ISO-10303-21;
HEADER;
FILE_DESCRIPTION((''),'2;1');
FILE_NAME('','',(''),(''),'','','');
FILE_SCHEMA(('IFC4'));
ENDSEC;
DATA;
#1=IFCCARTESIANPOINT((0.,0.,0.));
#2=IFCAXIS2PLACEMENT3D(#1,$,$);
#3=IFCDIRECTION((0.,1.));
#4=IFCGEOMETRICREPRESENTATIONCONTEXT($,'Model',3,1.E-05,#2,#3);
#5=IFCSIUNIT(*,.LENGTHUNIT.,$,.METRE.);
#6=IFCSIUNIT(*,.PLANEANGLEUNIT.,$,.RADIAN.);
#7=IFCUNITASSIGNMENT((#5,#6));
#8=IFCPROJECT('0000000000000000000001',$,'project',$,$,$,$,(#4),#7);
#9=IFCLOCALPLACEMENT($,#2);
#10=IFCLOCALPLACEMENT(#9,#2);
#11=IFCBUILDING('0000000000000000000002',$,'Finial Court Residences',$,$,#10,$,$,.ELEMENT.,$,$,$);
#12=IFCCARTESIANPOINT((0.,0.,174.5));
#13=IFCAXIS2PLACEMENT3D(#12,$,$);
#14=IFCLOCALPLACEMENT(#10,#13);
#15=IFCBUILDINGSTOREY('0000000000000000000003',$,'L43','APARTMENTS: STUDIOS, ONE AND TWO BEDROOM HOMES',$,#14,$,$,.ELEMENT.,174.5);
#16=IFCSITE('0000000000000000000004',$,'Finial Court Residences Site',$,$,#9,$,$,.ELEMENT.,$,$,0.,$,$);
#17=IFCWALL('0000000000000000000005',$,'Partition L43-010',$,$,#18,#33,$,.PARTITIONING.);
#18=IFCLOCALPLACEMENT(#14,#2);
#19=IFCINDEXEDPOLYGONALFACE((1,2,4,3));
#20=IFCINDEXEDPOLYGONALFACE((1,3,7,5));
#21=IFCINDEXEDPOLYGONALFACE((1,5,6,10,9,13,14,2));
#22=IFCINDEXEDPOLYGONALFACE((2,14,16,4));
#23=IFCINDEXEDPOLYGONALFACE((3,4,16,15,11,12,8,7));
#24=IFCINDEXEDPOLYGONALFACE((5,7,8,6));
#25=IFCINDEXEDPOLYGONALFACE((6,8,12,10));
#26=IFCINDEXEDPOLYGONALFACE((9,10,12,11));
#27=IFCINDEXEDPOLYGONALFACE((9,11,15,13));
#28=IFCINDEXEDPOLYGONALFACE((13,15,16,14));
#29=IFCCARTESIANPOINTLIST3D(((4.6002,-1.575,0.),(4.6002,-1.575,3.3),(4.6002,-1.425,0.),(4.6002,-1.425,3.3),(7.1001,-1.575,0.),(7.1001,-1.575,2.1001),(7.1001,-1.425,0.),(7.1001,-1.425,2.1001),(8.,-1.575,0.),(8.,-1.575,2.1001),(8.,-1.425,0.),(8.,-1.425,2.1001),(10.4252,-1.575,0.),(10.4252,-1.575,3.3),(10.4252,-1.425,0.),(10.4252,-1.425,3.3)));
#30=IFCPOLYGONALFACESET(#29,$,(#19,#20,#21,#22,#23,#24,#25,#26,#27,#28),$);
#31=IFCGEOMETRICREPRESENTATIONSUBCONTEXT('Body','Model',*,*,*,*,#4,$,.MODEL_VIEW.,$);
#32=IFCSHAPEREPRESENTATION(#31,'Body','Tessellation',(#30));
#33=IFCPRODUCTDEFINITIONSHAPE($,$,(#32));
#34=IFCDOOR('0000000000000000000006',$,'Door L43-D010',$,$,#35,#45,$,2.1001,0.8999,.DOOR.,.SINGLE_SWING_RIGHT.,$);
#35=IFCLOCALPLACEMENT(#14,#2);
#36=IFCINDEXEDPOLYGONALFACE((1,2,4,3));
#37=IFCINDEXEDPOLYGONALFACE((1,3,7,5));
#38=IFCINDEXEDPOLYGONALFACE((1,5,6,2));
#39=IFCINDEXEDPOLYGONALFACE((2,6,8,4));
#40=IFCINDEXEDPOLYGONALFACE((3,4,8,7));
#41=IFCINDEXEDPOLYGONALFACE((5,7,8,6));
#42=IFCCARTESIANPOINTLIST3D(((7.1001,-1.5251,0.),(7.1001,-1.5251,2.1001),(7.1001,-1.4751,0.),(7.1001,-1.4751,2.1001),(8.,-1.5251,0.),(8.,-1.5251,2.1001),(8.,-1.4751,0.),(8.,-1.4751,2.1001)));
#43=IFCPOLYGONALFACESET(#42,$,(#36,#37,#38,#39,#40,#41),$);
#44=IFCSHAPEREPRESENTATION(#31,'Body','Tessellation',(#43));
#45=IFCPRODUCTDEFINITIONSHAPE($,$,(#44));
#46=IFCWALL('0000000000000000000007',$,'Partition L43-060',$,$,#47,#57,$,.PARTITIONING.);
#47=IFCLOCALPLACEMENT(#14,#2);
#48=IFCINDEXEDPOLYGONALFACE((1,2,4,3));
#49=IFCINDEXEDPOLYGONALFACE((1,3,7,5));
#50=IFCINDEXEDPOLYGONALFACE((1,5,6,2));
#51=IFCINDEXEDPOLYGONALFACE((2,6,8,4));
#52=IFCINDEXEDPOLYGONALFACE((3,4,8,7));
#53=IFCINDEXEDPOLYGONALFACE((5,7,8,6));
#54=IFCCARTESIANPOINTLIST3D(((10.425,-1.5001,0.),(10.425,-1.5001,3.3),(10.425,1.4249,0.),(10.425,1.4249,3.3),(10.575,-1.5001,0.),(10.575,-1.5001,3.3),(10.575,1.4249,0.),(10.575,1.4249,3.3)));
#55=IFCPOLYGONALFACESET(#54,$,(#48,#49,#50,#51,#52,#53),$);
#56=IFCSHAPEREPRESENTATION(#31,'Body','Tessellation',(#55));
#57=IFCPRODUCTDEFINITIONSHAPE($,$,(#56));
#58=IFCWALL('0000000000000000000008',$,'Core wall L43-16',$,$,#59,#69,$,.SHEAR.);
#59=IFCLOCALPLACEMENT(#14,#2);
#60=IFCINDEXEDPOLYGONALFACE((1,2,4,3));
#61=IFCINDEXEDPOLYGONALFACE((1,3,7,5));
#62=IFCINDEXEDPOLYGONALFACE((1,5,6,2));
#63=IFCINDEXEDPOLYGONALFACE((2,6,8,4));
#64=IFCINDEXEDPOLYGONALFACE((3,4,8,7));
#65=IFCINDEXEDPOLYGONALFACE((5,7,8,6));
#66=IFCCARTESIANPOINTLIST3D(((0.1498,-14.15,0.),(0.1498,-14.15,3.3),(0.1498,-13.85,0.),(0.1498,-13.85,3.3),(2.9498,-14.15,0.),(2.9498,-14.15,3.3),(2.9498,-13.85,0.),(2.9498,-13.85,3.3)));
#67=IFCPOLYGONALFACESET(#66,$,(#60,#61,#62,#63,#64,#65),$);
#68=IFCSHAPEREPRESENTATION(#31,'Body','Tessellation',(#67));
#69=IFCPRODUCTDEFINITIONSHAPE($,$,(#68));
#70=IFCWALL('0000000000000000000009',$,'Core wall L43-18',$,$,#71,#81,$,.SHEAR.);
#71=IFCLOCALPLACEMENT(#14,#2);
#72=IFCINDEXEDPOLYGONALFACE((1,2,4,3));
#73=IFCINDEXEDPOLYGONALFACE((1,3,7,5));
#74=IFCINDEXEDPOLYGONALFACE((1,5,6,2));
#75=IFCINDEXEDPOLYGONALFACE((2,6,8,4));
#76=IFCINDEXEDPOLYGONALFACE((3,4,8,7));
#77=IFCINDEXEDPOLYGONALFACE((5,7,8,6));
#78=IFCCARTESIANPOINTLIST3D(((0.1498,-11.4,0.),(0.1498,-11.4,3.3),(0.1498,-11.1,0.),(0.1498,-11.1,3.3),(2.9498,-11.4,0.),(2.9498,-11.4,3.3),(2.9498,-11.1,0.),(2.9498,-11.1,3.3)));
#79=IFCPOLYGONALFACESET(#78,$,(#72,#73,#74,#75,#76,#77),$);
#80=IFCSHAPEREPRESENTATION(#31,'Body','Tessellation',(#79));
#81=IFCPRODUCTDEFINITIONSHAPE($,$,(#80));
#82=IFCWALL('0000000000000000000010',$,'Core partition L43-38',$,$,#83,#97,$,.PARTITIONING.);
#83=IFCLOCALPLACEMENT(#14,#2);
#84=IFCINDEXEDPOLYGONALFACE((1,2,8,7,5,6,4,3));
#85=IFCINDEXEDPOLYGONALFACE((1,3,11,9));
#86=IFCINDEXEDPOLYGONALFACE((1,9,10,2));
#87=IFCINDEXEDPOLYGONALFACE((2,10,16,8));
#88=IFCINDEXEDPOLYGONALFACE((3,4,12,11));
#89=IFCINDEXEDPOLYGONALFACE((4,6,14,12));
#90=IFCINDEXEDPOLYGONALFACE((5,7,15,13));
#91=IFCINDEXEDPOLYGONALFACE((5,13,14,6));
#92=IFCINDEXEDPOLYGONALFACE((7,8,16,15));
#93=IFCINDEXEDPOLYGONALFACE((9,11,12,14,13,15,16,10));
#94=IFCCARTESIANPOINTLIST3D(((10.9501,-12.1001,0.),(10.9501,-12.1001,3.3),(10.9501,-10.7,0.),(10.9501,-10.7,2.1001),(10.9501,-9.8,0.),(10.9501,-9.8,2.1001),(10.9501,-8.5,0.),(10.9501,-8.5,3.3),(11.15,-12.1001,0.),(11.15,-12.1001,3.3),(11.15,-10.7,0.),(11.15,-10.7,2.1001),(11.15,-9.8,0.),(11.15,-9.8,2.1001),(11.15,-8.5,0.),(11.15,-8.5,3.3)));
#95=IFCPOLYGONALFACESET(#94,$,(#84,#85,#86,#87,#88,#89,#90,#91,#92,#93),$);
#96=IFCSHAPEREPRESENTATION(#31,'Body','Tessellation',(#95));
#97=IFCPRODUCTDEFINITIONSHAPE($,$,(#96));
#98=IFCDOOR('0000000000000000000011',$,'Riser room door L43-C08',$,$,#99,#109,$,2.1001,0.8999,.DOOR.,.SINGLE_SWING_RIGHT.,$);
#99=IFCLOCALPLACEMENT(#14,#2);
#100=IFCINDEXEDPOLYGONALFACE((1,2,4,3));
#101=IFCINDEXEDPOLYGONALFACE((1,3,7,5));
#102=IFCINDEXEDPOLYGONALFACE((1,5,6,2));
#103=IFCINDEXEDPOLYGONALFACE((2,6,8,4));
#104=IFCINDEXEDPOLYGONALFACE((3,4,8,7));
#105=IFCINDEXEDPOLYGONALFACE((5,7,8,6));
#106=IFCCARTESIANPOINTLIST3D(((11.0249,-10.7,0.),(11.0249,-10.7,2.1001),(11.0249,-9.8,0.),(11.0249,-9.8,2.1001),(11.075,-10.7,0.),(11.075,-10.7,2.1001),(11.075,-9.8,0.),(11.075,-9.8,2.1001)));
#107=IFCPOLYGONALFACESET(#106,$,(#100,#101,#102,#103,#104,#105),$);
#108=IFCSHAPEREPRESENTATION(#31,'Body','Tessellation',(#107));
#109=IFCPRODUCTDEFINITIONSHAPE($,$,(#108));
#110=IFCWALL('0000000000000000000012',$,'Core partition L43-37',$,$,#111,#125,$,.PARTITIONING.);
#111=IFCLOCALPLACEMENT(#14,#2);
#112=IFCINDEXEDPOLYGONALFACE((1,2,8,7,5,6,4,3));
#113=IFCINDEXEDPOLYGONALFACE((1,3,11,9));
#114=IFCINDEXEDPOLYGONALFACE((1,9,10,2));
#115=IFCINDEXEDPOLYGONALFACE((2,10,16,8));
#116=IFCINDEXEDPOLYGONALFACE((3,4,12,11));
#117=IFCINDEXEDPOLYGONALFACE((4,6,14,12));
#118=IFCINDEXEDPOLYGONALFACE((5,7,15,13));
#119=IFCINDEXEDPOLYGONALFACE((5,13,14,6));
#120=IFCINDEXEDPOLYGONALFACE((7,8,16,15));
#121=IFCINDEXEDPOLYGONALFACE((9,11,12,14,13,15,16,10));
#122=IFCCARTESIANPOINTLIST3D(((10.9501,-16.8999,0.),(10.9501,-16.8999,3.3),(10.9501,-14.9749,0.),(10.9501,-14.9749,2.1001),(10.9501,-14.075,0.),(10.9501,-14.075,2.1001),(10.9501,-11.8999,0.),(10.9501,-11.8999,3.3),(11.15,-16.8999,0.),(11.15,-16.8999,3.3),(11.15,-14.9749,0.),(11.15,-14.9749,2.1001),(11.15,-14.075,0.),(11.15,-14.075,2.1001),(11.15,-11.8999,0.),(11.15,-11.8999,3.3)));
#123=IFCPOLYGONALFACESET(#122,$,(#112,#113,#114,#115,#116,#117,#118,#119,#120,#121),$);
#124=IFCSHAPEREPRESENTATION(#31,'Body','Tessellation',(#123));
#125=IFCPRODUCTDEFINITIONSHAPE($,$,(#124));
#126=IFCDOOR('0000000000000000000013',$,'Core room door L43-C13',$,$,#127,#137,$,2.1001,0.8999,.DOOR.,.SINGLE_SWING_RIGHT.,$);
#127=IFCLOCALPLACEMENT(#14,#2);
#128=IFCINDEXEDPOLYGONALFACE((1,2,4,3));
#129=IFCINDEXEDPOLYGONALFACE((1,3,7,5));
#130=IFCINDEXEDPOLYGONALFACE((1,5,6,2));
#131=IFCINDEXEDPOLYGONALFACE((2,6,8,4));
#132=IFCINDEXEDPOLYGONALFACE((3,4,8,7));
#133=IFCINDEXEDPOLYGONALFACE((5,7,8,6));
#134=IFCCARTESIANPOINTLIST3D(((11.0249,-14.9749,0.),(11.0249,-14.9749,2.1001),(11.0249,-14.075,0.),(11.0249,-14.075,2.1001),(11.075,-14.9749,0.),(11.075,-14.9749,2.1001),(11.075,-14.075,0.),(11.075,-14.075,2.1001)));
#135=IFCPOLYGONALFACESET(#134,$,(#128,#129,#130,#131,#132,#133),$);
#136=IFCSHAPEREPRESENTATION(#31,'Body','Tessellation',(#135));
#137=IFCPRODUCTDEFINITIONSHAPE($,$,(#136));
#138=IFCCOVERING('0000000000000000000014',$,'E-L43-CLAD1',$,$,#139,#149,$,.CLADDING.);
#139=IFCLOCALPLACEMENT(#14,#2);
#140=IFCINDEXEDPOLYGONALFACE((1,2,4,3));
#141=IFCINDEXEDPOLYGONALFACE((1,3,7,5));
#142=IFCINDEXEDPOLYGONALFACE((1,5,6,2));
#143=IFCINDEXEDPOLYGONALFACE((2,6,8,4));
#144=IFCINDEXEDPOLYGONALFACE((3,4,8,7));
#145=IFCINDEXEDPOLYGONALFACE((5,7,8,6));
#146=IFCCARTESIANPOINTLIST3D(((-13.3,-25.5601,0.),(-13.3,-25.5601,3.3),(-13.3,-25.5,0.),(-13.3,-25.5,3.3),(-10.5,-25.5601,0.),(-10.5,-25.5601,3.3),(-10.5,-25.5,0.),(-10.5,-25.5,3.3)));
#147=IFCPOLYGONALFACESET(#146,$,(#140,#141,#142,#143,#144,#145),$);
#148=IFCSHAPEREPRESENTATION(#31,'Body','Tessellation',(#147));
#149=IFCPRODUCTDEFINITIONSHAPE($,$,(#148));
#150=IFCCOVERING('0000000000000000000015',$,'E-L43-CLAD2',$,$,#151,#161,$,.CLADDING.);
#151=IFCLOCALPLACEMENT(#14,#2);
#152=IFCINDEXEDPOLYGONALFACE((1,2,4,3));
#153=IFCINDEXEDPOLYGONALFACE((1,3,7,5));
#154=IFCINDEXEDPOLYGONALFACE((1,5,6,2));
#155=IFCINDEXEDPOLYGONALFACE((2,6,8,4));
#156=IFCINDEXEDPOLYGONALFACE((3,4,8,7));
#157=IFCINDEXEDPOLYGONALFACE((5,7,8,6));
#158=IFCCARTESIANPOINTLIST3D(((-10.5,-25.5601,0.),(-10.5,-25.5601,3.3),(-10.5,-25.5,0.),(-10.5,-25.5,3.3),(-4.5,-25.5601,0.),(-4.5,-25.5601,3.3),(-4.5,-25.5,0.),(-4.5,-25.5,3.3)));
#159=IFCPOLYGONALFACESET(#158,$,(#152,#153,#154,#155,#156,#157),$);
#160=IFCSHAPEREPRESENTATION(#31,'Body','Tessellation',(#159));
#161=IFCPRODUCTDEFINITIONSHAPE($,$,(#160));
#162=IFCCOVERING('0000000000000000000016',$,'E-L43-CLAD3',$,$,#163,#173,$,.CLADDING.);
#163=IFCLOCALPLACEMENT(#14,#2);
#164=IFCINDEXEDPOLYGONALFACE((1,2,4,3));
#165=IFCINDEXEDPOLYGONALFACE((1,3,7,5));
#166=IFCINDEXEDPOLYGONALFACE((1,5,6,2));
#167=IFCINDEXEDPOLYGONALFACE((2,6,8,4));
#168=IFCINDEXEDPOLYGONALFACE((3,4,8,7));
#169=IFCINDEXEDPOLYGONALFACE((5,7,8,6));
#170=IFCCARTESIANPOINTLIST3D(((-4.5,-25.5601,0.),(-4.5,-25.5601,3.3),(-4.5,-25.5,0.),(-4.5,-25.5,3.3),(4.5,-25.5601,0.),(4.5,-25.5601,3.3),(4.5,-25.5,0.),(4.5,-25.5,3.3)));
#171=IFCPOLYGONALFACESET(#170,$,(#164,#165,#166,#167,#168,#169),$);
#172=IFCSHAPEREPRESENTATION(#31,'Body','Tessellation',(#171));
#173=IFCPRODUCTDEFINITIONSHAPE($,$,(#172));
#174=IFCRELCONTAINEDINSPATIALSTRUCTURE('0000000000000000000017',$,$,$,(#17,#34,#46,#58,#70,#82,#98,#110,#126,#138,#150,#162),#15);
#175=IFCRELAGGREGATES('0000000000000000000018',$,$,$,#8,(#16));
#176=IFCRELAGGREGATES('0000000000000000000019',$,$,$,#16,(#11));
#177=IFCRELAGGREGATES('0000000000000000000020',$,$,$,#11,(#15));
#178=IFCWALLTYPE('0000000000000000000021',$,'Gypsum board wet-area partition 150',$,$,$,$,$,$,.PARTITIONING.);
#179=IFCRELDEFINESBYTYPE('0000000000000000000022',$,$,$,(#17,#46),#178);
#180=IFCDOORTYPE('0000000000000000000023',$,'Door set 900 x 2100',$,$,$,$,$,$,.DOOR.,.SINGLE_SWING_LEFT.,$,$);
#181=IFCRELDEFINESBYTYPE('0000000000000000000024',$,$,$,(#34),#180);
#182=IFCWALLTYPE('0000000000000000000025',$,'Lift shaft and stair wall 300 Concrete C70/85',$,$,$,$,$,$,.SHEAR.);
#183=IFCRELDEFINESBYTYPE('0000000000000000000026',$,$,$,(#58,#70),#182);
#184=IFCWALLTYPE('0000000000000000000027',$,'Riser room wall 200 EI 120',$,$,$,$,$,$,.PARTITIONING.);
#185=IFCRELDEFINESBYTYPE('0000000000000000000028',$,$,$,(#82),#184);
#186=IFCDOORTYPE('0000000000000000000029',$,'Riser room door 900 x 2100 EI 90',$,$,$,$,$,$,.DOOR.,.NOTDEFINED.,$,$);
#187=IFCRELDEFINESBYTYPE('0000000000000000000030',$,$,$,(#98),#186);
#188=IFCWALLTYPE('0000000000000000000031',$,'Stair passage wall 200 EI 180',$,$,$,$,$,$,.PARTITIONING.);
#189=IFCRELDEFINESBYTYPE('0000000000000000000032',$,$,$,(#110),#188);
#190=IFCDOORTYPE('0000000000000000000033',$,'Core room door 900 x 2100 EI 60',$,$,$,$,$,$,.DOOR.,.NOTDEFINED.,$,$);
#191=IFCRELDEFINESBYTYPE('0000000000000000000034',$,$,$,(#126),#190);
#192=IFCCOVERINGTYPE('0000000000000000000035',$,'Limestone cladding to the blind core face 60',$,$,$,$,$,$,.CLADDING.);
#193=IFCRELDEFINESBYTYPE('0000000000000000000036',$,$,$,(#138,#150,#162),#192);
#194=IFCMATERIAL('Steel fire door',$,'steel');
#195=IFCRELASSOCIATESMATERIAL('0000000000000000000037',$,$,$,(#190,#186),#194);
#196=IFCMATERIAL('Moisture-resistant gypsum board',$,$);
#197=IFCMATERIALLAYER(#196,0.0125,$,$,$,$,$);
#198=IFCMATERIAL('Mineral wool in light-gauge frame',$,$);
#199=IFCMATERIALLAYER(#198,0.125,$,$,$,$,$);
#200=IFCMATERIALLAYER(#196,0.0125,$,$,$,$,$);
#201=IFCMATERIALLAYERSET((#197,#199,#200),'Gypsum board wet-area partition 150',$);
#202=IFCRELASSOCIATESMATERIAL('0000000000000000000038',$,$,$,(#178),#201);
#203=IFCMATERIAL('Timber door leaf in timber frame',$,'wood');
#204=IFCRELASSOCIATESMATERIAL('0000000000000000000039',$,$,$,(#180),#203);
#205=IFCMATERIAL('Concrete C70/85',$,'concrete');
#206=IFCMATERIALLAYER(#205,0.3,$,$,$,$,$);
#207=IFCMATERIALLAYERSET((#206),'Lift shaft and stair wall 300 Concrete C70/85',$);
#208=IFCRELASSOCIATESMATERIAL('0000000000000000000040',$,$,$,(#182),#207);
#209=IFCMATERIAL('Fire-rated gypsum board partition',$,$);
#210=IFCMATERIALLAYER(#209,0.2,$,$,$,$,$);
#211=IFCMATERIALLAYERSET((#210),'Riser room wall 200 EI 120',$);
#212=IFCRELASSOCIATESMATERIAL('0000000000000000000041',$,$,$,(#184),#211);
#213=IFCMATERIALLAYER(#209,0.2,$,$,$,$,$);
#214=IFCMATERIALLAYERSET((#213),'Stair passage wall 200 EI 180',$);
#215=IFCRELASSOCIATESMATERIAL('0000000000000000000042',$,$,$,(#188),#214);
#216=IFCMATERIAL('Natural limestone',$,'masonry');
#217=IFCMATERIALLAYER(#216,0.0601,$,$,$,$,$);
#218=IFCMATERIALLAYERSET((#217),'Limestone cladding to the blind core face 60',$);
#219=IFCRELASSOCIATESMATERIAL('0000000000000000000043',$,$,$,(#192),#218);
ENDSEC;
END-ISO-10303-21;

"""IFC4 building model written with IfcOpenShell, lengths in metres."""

from ifc_helpers import new_model, si_unit, direction, frame, frame_2d, origin, place, context, subcontext, project, spatial, polyline, rectangle, outline, extrude, material, layer, layer_set, type_object, element, fill, save


model = new_model("IFC4")

# Units and contexts
model_context = context("Model", 3, precision=1e-05, world=origin(), true_north=direction((0.0, 1.0)))
body_context = subcontext(model_context, "Body", "Model", "MODEL_VIEW")
ifc_project = project(units=[si_unit("LENGTHUNIT", "METRE"), si_unit("PLANEANGLEUNIT", "RADIAN")], contexts=[model_context])

# Site, building, storey
site_placement = place(None, origin())
site = spatial("IfcSite", under=ifc_project, at=site_placement, Name="Finial Court Residences Site", CompositionType="ELEMENT", RefElevation=0.0)
building_placement = place(site_placement, origin())
building = spatial("IfcBuilding", under=site, at=building_placement, Name="Finial Court Residences", CompositionType="ELEMENT")
storey_placement = place(building_placement, frame((0.0, 0.0, 174.5)))
storey = spatial("IfcBuildingStorey", under=building, at=storey_placement, Name="L43", Description="APARTMENTS: STUDIOS, ONE AND TWO BEDROOM HOMES", CompositionType="ELEMENT", Elevation=174.5)

# Shared definitions
ifc_material_1 = material(Name="Fire-rated gypsum board partition")
ifc_material_2 = material(Name="Steel fire door", Category="steel")
door_type_1 = type_object("IfcDoorType", Name="Core room door 900 x 2100 EI 60", OperationType="NOTDEFINED", PredefinedType="DOOR", material=ifc_material_2)

# Shared definitions
ifc_material_3 = material(Name="Mineral wool in light-gauge frame")

# Wall, opening, door
ifc_material_4 = material(Name="Moisture-resistant gypsum board")
ifc_layer_1 = layer(ifc_material_4, 0.0125)
ifc_layer_2 = layer(ifc_material_3, 0.125)
ifc_layer_3 = layer(ifc_material_4, 0.0125)
ifc_layer_set_1 = layer_set([ifc_layer_1, ifc_layer_2, ifc_layer_3], Name="Gypsum board wet-area partition 150")
wall_type_1 = type_object("IfcWallType", Name="Gypsum board wet-area partition 150", PredefinedType="PARTITIONING", material=ifc_layer_set_1)
wall_1_placement = place(storey_placement, frame((4.6001, -1.5, 0.0), z_axis=(0.0, 0.0, 1.0), x_axis=(1.0, 0.0, 0.0)))
wall_1 = element("IfcWall", 1, at=wall_1_placement, inside=storey, type_object=wall_type_1, Name="Partition L43-010", PredefinedType="PARTITIONING", context=body_context, shape_type="SweptSolid", body=[
    extrude(rectangle(XDim=5.825, YDim=0.1499, at=frame_2d((2.9126, 0.0))), origin(), (0.0, 0.0, 1.0), 3.3),
])
opening_1_placement = place(wall_1_placement, frame((2.5, 0.0, 0.0)))
opening_1 = element("IfcOpeningElement", 2, at=opening_1_placement, cuts=wall_1, PredefinedType="OPENING", context=body_context, shape_type="SweptSolid", body=[
    extrude(rectangle(XDim=0.8999, YDim=2.1001, at=frame_2d((0.45, 1.05))), frame((0.0, 0.085, 0.0), z_axis=(0.0, -1.0, 0.0), x_axis=(1.0, 0.0, 0.0)), (0.0, 0.0, 1.0), 0.1699),
])
ifc_material_5 = material(Name="Timber door leaf in timber frame", Category="wood")
door_type_2 = type_object("IfcDoorType", Name="Door set 900 x 2100", OperationType="SINGLE_SWING_LEFT", PredefinedType="DOOR", material=ifc_material_5)
door_1_placement = place(opening_1_placement, origin())
door_1 = element("IfcDoor", 3, at=door_1_placement, inside=storey, type_object=door_type_2, Name="Door L43-D010", OperationType="SINGLE_SWING_RIGHT", OverallHeight=2.1001, OverallWidth=0.8999, PredefinedType="DOOR", context=body_context, shape_type="SweptSolid", body=[
    extrude(rectangle(XDim=0.8999, YDim=2.1001, at=frame_2d((0.45, 1.05))), frame((0.0, 0.0249, 0.0), z_axis=(0.0, -1.0, 0.0), x_axis=(1.0, 0.0, 0.0)), (0.0, 0.0, 1.0), 0.05),
])
fill(opening_1, door_1)

# Walls
wall_2_placement = place(storey_placement, frame((10.5, -1.5, 0.0), z_axis=(0.0, 0.0, 1.0), x_axis=(0.0, 1.0, 0.0)))
element("IfcWall", 4, at=wall_2_placement, inside=storey, type_object=wall_type_1, Name="Partition L43-060", PredefinedType="PARTITIONING", context=body_context, shape_type="SweptSolid", body=[
    extrude(rectangle(XDim=2.925, YDim=0.1499, at=frame_2d((1.4624, 0.0))), origin(), (0.0, 0.0, 1.0), 3.3),
])
ifc_material_6 = material(Name="Concrete C70/85", Category="concrete")
ifc_layer_4 = layer(ifc_material_6, 0.3)
ifc_layer_set_2 = layer_set([ifc_layer_4], Name="Lift shaft and stair wall 300 Concrete C70/85")
wall_type_2 = type_object("IfcWallType", Name="Lift shaft and stair wall 300 Concrete C70/85", PredefinedType="SHEAR", material=ifc_layer_set_2)
for number, where, z_axis, x_axis, name in (
    (5, (0.1499, -14.0, 0.0), (0.0, 0.0, 1.0), (1.0, 0.0, 0.0), "Core wall L43-16"),
    (6, (0.1499, -11.25, 0.0), (0.0, 0.0, 1.0), (1.0, 0.0, 0.0), "Core wall L43-18"),
):
    element("IfcWall", number, at=place(storey_placement, frame(where, z_axis=z_axis, x_axis=x_axis)), inside=storey, type_object=wall_type_2, Name=name, PredefinedType="SHEAR", context=body_context, shape_type="SweptSolid", body=[
        extrude(rectangle(XDim=2.8, YDim=0.3, at=frame_2d((1.3999, 0.0))), origin(), (0.0, 0.0, 1.0), 3.3),
    ])

# Walls, openings, doors
ifc_layer_5 = layer(ifc_material_1, 0.2)
ifc_layer_set_3 = layer_set([ifc_layer_5], Name="Riser room wall 200 EI 120")
wall_type_3 = type_object("IfcWallType", Name="Riser room wall 200 EI 120", PredefinedType="PARTITIONING", material=ifc_layer_set_3)
wall_3_placement = place(storey_placement, frame((11.05, -8.5, 0.0), z_axis=(0.0, 0.0, 1.0), x_axis=(0.0, -1.0, 0.0)))
wall_3 = element("IfcWall", 7, at=wall_3_placement, inside=storey, type_object=wall_type_3, Name="Core partition L43-38", PredefinedType="PARTITIONING", context=body_context, shape_type="SweptSolid", body=[
    extrude(rectangle(XDim=3.6001, YDim=0.2, at=frame_2d((1.8, 0.0))), origin(), (0.0, 0.0, 1.0), 3.3),
])
opening_2_placement = place(wall_3_placement, frame((1.3, 0.0, 0.0)))
opening_2 = element("IfcOpeningElement", 8, at=opening_2_placement, cuts=wall_3, PredefinedType="OPENING", context=body_context, shape_type="SweptSolid", body=[
    extrude(rectangle(XDim=0.8999, YDim=2.1001, at=frame_2d((0.45, 1.05))), frame((0.0, 0.1099, 0.0), z_axis=(0.0, -1.0, 0.0), x_axis=(1.0, 0.0, 0.0)), (0.0, 0.0, 1.0), 0.22),
])
door_type_3 = type_object("IfcDoorType", Name="Riser room door 900 x 2100 EI 90", OperationType="NOTDEFINED", PredefinedType="DOOR", material=ifc_material_2)
door_2_placement = place(opening_2_placement, origin())
door_2 = element("IfcDoor", 9, at=door_2_placement, inside=storey, type_object=door_type_3, Name="Riser room door L43-C08", OperationType="SINGLE_SWING_RIGHT", OverallHeight=2.1001, OverallWidth=0.8999, PredefinedType="DOOR", context=body_context, shape_type="SweptSolid", body=[
    extrude(rectangle(XDim=0.8999, YDim=2.1001, at=frame_2d((0.45, 1.05))), frame((0.0, 0.0249, 0.0), z_axis=(0.0, -1.0, 0.0), x_axis=(1.0, 0.0, 0.0)), (0.0, 0.0, 1.0), 0.05),
])
fill(opening_2, door_2)
ifc_layer_6 = layer(ifc_material_1, 0.2)
ifc_layer_set_4 = layer_set([ifc_layer_6], Name="Stair passage wall 200 EI 180")
wall_type_4 = type_object("IfcWallType", Name="Stair passage wall 200 EI 180", PredefinedType="PARTITIONING", material=ifc_layer_set_4)
wall_4_placement = place(storey_placement, frame((11.05, -11.8999, 0.0), z_axis=(0.0, 0.0, 1.0), x_axis=(0.0, -1.0, 0.0)))
wall_4 = element("IfcWall", 10, at=wall_4_placement, inside=storey, type_object=wall_type_4, Name="Core partition L43-37", PredefinedType="PARTITIONING", context=body_context, shape_type="SweptSolid", body=[
    extrude(rectangle(XDim=5.0, YDim=0.2, at=frame_2d((2.5, 0.0))), origin(), (0.0, 0.0, 1.0), 3.3),
])
opening_3_placement = place(wall_4_placement, frame((2.175, 0.0, 0.0)))
opening_3 = element("IfcOpeningElement", 11, at=opening_3_placement, cuts=wall_4, PredefinedType="OPENING", context=body_context, shape_type="SweptSolid", body=[
    extrude(rectangle(XDim=0.8999, YDim=2.1001, at=frame_2d((0.45, 1.05))), frame((0.0, 0.1099, 0.0), z_axis=(0.0, -1.0, 0.0), x_axis=(1.0, 0.0, 0.0)), (0.0, 0.0, 1.0), 0.22),
])
door_3_placement = place(opening_3_placement, origin())
door_3 = element("IfcDoor", 12, at=door_3_placement, inside=storey, type_object=door_type_1, Name="Core room door L43-C13", OperationType="SINGLE_SWING_RIGHT", OverallHeight=2.1001, OverallWidth=0.8999, PredefinedType="DOOR", context=body_context, shape_type="SweptSolid", body=[
    extrude(rectangle(XDim=0.8999, YDim=2.1001, at=frame_2d((0.45, 1.05))), frame((0.0, 0.0249, 0.0), z_axis=(0.0, -1.0, 0.0), x_axis=(1.0, 0.0, 0.0)), (0.0, 0.0, 1.0), 0.05),
])
fill(opening_3, door_3)

# Coverings
ifc_material_7 = material(Name="Natural limestone", Category="masonry")
ifc_layer_7 = layer(ifc_material_7, 0.0601)
ifc_layer_set_5 = layer_set([ifc_layer_7], Name="Limestone cladding to the blind core face 60")
covering_type = type_object("IfcCoveringType", Name="Limestone cladding to the blind core face 60", PredefinedType="CLADDING", material=ifc_layer_set_5)
covering_1_placement = place(storey_placement, origin())
element("IfcCovering", 13, at=covering_1_placement, inside=storey, type_object=covering_type, Name="E-L43-CLAD1", PredefinedType="CLADDING", context=body_context, shape_type="SweptSolid", body=[
    extrude(outline(polyline([(-10.5, -25.5601), (-10.5, -25.5), (-13.3, -25.5), (-13.3, -25.5601), (-10.5, -25.5601)])), origin(), (0.0, 0.0, 1.0), 3.3),
])
covering_2_placement = place(storey_placement, origin())
element("IfcCovering", 14, at=covering_2_placement, inside=storey, type_object=covering_type, Name="E-L43-CLAD2", PredefinedType="CLADDING", context=body_context, shape_type="SweptSolid", body=[
    extrude(outline(polyline([(-4.5, -25.5601), (-4.5, -25.5), (-10.5, -25.5), (-10.5, -25.5601), (-4.5, -25.5601)])), origin(), (0.0, 0.0, 1.0), 3.3),
])
covering_3_placement = place(storey_placement, origin())
element("IfcCovering", 15, at=covering_3_placement, inside=storey, type_object=covering_type, Name="E-L43-CLAD3", PredefinedType="CLADDING", context=body_context, shape_type="SweptSolid", body=[
    extrude(outline(polyline([(4.5, -25.5601), (4.5, -25.5), (-4.5, -25.5), (-4.5, -25.5601), (4.5, -25.5601)])), origin(), (0.0, 0.0, 1.0), 3.3),
])

save(model, "model.ifc")
